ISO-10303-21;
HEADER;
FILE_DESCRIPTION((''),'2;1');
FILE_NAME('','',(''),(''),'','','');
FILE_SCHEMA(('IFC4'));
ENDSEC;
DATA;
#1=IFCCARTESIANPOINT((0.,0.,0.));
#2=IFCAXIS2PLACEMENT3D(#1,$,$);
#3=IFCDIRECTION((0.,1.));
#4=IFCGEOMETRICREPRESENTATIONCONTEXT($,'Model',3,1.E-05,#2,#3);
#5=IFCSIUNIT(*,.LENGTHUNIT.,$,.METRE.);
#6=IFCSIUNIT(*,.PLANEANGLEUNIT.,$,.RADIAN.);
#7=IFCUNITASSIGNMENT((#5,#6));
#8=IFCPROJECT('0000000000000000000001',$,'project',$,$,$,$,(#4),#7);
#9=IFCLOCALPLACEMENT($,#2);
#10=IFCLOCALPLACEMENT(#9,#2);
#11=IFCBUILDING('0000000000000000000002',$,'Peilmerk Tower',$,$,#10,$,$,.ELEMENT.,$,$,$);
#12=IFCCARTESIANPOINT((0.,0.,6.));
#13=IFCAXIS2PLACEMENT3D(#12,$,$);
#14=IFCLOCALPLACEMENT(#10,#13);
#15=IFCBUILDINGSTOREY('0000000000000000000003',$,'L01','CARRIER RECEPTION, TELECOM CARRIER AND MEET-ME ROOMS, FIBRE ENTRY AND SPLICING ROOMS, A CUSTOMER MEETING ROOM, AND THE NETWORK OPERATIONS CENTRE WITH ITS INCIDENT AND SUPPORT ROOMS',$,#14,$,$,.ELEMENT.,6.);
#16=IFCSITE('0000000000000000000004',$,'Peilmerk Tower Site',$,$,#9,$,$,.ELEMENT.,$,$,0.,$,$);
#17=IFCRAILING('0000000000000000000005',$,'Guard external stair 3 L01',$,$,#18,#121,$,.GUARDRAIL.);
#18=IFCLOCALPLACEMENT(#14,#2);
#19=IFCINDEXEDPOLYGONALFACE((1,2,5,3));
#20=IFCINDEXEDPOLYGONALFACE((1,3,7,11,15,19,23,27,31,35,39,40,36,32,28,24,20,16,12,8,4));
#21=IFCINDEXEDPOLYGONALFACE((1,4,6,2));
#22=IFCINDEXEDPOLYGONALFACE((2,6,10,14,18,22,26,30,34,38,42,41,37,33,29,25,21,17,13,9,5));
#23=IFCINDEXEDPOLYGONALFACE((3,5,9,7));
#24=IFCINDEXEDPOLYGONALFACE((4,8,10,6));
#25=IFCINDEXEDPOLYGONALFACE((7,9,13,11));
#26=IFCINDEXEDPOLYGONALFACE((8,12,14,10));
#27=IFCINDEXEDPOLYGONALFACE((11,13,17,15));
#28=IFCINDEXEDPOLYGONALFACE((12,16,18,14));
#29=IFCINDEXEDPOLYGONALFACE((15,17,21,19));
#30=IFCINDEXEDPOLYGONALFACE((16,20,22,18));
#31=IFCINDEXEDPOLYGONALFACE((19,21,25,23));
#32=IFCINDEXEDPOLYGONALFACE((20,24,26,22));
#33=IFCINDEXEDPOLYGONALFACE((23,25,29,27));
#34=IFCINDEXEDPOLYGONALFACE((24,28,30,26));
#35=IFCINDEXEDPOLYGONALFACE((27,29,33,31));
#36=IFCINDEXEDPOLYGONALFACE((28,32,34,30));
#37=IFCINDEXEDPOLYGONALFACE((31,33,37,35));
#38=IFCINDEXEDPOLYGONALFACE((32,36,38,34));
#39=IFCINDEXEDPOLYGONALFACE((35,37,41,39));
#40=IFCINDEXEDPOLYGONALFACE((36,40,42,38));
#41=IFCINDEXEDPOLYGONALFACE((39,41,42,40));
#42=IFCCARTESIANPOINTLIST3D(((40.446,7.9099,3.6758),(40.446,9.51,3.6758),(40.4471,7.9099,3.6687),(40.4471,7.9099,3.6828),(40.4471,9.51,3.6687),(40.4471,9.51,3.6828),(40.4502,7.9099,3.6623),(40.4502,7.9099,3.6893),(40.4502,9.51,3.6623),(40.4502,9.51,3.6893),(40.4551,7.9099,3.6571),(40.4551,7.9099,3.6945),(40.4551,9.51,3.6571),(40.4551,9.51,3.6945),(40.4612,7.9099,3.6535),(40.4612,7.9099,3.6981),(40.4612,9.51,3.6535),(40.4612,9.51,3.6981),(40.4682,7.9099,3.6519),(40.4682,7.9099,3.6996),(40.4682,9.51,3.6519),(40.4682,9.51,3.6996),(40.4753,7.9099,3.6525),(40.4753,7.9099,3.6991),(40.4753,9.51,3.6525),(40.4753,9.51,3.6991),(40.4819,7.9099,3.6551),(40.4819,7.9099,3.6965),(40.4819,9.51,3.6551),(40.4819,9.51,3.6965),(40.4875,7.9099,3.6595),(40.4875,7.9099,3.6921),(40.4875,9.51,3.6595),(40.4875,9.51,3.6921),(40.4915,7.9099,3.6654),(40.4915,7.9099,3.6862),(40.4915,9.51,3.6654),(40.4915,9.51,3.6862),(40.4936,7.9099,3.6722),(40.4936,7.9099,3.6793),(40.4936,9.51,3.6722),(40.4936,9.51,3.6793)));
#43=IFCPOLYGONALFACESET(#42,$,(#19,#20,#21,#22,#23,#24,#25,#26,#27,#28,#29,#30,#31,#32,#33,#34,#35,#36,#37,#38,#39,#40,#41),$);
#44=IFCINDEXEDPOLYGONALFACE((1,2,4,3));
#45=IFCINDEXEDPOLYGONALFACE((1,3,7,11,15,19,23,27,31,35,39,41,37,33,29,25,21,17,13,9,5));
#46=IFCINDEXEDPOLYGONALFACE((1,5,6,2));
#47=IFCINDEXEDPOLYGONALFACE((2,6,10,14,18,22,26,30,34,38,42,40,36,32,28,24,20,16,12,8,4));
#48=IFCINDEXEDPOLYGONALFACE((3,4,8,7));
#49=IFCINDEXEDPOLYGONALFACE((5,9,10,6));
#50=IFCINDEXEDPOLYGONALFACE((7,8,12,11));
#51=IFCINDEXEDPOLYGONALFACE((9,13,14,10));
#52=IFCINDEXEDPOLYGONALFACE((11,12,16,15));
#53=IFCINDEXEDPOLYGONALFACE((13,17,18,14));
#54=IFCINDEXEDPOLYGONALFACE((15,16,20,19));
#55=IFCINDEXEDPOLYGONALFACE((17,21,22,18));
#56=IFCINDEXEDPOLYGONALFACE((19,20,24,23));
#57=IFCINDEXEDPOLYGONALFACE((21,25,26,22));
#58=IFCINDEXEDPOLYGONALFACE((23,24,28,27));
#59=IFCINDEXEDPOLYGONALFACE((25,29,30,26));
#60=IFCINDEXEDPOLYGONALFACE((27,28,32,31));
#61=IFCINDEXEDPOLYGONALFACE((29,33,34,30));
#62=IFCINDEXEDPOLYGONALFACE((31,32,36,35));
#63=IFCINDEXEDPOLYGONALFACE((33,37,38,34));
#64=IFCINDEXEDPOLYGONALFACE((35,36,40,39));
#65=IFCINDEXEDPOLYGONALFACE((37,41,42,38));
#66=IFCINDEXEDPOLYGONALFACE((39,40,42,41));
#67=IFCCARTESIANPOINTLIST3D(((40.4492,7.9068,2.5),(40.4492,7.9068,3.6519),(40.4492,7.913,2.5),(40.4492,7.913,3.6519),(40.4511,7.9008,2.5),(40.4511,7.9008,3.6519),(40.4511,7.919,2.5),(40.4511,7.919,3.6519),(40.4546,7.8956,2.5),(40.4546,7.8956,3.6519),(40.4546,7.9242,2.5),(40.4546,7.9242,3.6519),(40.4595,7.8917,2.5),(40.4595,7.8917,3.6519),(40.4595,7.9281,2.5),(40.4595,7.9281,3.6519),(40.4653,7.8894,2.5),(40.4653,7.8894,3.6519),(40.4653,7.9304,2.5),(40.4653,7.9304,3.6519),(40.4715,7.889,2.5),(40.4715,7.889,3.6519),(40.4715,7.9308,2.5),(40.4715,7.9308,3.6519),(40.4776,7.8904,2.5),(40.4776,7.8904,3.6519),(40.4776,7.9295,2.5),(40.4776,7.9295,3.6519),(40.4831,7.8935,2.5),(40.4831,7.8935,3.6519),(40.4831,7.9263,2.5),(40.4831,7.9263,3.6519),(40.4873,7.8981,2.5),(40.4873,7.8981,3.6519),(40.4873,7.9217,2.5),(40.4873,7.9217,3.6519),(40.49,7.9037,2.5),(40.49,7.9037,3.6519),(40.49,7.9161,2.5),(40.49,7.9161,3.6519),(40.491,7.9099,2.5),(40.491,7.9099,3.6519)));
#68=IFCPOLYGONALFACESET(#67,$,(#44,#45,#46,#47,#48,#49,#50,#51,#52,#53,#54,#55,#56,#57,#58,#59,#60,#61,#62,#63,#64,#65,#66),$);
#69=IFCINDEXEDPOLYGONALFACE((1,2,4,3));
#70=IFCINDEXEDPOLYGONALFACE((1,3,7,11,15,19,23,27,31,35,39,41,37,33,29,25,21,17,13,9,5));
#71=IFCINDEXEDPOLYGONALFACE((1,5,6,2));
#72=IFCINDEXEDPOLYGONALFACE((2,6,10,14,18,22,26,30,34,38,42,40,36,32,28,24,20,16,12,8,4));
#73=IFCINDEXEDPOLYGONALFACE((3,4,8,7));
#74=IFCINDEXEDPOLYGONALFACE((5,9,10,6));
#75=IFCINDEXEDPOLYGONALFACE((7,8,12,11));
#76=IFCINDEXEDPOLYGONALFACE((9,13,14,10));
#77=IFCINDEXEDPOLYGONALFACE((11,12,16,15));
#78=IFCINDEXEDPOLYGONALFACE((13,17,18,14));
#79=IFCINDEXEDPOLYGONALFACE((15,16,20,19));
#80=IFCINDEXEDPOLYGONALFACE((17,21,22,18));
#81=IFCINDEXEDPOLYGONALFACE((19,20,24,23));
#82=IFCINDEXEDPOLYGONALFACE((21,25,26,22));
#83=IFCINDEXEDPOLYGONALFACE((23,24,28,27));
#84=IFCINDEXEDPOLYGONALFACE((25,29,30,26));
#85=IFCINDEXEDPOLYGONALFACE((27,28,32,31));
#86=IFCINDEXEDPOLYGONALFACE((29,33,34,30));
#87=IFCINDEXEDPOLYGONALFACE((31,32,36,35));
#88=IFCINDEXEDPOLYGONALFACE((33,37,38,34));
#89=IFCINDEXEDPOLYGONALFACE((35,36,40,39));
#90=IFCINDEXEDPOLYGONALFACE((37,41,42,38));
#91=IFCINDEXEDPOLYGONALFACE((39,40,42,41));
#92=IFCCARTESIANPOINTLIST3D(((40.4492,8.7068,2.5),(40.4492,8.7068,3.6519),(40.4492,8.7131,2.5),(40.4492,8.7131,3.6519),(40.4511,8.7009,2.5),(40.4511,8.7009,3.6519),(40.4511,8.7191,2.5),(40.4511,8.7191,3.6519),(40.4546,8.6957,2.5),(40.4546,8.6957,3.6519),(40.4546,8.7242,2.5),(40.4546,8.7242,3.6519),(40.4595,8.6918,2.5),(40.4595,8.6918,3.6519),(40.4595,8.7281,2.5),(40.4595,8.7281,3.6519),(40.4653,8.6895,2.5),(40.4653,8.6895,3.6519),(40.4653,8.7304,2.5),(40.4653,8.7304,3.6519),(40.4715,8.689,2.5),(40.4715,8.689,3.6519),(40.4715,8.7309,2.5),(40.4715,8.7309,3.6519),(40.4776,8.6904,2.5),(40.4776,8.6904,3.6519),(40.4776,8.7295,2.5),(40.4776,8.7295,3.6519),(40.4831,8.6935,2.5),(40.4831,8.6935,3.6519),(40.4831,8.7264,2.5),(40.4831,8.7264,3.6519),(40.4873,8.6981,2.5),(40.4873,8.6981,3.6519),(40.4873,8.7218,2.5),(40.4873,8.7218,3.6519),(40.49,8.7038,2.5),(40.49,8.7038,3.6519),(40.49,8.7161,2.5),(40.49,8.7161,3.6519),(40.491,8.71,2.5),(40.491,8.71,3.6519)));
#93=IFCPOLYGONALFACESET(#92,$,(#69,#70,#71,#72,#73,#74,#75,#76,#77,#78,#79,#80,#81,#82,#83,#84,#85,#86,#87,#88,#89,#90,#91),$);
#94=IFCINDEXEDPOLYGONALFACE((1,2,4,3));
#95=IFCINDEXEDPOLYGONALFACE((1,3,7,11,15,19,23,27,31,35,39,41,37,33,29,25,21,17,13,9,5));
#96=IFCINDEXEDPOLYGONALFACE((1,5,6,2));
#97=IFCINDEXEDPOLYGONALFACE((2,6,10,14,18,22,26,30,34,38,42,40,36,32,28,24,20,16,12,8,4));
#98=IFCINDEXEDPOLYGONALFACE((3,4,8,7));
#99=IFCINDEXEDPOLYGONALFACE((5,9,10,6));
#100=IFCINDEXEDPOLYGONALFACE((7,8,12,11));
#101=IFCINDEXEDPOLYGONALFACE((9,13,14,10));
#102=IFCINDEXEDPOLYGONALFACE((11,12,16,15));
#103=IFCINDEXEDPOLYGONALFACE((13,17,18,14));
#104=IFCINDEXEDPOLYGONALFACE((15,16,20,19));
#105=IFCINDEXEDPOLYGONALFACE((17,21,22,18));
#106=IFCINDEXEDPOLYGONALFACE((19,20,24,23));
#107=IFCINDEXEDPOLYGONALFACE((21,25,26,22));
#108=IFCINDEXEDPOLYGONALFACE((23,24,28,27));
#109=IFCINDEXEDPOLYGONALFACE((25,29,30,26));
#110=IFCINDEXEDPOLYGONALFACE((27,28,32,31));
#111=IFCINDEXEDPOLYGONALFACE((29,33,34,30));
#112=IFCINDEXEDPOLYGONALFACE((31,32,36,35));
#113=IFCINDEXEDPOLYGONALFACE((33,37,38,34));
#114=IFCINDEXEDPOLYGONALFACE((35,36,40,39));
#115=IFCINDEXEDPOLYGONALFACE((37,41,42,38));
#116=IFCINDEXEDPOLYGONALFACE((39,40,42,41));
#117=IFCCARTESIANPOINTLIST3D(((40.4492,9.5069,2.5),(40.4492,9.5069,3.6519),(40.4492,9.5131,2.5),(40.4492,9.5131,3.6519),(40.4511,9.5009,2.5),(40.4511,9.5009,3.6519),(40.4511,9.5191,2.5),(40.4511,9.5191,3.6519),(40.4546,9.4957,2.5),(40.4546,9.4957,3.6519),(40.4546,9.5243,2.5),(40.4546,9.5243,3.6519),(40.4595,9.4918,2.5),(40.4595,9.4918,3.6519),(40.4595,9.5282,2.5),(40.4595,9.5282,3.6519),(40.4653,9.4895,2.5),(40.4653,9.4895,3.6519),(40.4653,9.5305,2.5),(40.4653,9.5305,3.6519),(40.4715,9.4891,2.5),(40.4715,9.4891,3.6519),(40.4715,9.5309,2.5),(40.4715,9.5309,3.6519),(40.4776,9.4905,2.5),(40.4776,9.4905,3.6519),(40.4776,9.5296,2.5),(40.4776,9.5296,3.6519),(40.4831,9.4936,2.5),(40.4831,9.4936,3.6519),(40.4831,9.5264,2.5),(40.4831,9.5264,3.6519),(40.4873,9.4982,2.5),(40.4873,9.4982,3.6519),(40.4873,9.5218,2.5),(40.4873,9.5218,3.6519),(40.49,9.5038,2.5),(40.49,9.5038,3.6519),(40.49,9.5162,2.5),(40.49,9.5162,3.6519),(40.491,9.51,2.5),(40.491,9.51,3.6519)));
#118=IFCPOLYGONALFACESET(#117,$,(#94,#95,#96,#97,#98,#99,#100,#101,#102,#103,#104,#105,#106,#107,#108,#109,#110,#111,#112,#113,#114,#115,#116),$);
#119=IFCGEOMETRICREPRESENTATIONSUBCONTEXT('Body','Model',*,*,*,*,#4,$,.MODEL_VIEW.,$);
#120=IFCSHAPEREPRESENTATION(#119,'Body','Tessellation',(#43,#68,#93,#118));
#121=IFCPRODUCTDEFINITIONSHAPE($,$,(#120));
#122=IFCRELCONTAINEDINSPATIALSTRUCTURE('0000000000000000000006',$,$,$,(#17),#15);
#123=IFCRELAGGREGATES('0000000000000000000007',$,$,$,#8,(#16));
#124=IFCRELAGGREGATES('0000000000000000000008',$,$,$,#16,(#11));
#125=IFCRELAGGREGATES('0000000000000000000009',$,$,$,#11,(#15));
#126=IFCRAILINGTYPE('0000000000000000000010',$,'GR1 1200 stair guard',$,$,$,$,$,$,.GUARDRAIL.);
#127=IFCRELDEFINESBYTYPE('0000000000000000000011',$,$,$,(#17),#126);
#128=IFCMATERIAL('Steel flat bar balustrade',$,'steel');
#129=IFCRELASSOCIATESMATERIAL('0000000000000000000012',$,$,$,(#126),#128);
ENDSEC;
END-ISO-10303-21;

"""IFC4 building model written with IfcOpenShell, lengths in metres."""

from ifc_helpers import new_model, si_unit, direction, frame, origin, origin_2d, place, context, subcontext, project, spatial, circle, extrude, material, type_object, element, save


model = new_model("IFC4")

# Units and contexts
model_context = context("Model", 3, precision=1e-05, world=origin(), true_north=direction((0.0, 1.0)))
body_context = subcontext(model_context, "Body", "Model", "MODEL_VIEW")
ifc_project = project(units=[si_unit("LENGTHUNIT", "METRE"), si_unit("PLANEANGLEUNIT", "RADIAN")], contexts=[model_context])

# Site, building, storey
site_placement = place(None, origin())
site = spatial("IfcSite", under=ifc_project, at=site_placement, Name="Peilmerk Tower Site", CompositionType="ELEMENT", RefElevation=0.0)
building_placement = place(site_placement, origin())
building = spatial("IfcBuilding", under=site, at=building_placement, Name="Peilmerk Tower", CompositionType="ELEMENT")
storey_placement = place(building_placement, frame((0.0, 0.0, 6.0)))
storey = spatial("IfcBuildingStorey", under=building, at=storey_placement, Name="L01", Description="CARRIER RECEPTION, TELECOM CARRIER AND MEET-ME ROOMS, FIBRE ENTRY AND SPLICING ROOMS, A CUSTOMER MEETING ROOM, AND THE NETWORK OPERATIONS CENTRE WITH ITS INCIDENT AND SUPPORT ROOMS", CompositionType="ELEMENT", Elevation=6.0)

# Railing
ifc_material_1 = material(Name="Steel flat bar balustrade", Category="steel")
railing_type_1 = type_object("IfcRailingType", Name="GR1 1200 stair guard", PredefinedType="GUARDRAIL", material=ifc_material_1)
railing_1_placement = place(storey_placement, frame((40.47, 7.9099, 2.5)))
element("IfcRailing", 1, at=railing_1_placement, inside=storey, type_object=railing_type_1, Name="Guard external stair 3 L01", PredefinedType="GUARDRAIL", context=body_context, shape_type="SweptSolid", body=[
    extrude(circle(Radius=0.0239, at=origin_2d()), frame((0.0, 0.0, 1.1758), z_axis=(0.0, 1.0, 0.0), x_axis=(-1.0, 0.0, 0.0)), (0.0, 0.0, 1.0), 1.6001),
    extrude(circle(Radius=0.021, at=origin_2d()), origin(), (0.0, 0.0, 1.0), 1.1519),
    extrude(circle(Radius=0.021, at=origin_2d()), frame((0.0, 0.8, 0.0)), (0.0, 0.0, 1.0), 1.1519),
    extrude(circle(Radius=0.021, at=origin_2d()), frame((0.0, 1.6001, 0.0)), (0.0, 0.0, 1.0), 1.1519),
])

save(model, "model.ifc")
